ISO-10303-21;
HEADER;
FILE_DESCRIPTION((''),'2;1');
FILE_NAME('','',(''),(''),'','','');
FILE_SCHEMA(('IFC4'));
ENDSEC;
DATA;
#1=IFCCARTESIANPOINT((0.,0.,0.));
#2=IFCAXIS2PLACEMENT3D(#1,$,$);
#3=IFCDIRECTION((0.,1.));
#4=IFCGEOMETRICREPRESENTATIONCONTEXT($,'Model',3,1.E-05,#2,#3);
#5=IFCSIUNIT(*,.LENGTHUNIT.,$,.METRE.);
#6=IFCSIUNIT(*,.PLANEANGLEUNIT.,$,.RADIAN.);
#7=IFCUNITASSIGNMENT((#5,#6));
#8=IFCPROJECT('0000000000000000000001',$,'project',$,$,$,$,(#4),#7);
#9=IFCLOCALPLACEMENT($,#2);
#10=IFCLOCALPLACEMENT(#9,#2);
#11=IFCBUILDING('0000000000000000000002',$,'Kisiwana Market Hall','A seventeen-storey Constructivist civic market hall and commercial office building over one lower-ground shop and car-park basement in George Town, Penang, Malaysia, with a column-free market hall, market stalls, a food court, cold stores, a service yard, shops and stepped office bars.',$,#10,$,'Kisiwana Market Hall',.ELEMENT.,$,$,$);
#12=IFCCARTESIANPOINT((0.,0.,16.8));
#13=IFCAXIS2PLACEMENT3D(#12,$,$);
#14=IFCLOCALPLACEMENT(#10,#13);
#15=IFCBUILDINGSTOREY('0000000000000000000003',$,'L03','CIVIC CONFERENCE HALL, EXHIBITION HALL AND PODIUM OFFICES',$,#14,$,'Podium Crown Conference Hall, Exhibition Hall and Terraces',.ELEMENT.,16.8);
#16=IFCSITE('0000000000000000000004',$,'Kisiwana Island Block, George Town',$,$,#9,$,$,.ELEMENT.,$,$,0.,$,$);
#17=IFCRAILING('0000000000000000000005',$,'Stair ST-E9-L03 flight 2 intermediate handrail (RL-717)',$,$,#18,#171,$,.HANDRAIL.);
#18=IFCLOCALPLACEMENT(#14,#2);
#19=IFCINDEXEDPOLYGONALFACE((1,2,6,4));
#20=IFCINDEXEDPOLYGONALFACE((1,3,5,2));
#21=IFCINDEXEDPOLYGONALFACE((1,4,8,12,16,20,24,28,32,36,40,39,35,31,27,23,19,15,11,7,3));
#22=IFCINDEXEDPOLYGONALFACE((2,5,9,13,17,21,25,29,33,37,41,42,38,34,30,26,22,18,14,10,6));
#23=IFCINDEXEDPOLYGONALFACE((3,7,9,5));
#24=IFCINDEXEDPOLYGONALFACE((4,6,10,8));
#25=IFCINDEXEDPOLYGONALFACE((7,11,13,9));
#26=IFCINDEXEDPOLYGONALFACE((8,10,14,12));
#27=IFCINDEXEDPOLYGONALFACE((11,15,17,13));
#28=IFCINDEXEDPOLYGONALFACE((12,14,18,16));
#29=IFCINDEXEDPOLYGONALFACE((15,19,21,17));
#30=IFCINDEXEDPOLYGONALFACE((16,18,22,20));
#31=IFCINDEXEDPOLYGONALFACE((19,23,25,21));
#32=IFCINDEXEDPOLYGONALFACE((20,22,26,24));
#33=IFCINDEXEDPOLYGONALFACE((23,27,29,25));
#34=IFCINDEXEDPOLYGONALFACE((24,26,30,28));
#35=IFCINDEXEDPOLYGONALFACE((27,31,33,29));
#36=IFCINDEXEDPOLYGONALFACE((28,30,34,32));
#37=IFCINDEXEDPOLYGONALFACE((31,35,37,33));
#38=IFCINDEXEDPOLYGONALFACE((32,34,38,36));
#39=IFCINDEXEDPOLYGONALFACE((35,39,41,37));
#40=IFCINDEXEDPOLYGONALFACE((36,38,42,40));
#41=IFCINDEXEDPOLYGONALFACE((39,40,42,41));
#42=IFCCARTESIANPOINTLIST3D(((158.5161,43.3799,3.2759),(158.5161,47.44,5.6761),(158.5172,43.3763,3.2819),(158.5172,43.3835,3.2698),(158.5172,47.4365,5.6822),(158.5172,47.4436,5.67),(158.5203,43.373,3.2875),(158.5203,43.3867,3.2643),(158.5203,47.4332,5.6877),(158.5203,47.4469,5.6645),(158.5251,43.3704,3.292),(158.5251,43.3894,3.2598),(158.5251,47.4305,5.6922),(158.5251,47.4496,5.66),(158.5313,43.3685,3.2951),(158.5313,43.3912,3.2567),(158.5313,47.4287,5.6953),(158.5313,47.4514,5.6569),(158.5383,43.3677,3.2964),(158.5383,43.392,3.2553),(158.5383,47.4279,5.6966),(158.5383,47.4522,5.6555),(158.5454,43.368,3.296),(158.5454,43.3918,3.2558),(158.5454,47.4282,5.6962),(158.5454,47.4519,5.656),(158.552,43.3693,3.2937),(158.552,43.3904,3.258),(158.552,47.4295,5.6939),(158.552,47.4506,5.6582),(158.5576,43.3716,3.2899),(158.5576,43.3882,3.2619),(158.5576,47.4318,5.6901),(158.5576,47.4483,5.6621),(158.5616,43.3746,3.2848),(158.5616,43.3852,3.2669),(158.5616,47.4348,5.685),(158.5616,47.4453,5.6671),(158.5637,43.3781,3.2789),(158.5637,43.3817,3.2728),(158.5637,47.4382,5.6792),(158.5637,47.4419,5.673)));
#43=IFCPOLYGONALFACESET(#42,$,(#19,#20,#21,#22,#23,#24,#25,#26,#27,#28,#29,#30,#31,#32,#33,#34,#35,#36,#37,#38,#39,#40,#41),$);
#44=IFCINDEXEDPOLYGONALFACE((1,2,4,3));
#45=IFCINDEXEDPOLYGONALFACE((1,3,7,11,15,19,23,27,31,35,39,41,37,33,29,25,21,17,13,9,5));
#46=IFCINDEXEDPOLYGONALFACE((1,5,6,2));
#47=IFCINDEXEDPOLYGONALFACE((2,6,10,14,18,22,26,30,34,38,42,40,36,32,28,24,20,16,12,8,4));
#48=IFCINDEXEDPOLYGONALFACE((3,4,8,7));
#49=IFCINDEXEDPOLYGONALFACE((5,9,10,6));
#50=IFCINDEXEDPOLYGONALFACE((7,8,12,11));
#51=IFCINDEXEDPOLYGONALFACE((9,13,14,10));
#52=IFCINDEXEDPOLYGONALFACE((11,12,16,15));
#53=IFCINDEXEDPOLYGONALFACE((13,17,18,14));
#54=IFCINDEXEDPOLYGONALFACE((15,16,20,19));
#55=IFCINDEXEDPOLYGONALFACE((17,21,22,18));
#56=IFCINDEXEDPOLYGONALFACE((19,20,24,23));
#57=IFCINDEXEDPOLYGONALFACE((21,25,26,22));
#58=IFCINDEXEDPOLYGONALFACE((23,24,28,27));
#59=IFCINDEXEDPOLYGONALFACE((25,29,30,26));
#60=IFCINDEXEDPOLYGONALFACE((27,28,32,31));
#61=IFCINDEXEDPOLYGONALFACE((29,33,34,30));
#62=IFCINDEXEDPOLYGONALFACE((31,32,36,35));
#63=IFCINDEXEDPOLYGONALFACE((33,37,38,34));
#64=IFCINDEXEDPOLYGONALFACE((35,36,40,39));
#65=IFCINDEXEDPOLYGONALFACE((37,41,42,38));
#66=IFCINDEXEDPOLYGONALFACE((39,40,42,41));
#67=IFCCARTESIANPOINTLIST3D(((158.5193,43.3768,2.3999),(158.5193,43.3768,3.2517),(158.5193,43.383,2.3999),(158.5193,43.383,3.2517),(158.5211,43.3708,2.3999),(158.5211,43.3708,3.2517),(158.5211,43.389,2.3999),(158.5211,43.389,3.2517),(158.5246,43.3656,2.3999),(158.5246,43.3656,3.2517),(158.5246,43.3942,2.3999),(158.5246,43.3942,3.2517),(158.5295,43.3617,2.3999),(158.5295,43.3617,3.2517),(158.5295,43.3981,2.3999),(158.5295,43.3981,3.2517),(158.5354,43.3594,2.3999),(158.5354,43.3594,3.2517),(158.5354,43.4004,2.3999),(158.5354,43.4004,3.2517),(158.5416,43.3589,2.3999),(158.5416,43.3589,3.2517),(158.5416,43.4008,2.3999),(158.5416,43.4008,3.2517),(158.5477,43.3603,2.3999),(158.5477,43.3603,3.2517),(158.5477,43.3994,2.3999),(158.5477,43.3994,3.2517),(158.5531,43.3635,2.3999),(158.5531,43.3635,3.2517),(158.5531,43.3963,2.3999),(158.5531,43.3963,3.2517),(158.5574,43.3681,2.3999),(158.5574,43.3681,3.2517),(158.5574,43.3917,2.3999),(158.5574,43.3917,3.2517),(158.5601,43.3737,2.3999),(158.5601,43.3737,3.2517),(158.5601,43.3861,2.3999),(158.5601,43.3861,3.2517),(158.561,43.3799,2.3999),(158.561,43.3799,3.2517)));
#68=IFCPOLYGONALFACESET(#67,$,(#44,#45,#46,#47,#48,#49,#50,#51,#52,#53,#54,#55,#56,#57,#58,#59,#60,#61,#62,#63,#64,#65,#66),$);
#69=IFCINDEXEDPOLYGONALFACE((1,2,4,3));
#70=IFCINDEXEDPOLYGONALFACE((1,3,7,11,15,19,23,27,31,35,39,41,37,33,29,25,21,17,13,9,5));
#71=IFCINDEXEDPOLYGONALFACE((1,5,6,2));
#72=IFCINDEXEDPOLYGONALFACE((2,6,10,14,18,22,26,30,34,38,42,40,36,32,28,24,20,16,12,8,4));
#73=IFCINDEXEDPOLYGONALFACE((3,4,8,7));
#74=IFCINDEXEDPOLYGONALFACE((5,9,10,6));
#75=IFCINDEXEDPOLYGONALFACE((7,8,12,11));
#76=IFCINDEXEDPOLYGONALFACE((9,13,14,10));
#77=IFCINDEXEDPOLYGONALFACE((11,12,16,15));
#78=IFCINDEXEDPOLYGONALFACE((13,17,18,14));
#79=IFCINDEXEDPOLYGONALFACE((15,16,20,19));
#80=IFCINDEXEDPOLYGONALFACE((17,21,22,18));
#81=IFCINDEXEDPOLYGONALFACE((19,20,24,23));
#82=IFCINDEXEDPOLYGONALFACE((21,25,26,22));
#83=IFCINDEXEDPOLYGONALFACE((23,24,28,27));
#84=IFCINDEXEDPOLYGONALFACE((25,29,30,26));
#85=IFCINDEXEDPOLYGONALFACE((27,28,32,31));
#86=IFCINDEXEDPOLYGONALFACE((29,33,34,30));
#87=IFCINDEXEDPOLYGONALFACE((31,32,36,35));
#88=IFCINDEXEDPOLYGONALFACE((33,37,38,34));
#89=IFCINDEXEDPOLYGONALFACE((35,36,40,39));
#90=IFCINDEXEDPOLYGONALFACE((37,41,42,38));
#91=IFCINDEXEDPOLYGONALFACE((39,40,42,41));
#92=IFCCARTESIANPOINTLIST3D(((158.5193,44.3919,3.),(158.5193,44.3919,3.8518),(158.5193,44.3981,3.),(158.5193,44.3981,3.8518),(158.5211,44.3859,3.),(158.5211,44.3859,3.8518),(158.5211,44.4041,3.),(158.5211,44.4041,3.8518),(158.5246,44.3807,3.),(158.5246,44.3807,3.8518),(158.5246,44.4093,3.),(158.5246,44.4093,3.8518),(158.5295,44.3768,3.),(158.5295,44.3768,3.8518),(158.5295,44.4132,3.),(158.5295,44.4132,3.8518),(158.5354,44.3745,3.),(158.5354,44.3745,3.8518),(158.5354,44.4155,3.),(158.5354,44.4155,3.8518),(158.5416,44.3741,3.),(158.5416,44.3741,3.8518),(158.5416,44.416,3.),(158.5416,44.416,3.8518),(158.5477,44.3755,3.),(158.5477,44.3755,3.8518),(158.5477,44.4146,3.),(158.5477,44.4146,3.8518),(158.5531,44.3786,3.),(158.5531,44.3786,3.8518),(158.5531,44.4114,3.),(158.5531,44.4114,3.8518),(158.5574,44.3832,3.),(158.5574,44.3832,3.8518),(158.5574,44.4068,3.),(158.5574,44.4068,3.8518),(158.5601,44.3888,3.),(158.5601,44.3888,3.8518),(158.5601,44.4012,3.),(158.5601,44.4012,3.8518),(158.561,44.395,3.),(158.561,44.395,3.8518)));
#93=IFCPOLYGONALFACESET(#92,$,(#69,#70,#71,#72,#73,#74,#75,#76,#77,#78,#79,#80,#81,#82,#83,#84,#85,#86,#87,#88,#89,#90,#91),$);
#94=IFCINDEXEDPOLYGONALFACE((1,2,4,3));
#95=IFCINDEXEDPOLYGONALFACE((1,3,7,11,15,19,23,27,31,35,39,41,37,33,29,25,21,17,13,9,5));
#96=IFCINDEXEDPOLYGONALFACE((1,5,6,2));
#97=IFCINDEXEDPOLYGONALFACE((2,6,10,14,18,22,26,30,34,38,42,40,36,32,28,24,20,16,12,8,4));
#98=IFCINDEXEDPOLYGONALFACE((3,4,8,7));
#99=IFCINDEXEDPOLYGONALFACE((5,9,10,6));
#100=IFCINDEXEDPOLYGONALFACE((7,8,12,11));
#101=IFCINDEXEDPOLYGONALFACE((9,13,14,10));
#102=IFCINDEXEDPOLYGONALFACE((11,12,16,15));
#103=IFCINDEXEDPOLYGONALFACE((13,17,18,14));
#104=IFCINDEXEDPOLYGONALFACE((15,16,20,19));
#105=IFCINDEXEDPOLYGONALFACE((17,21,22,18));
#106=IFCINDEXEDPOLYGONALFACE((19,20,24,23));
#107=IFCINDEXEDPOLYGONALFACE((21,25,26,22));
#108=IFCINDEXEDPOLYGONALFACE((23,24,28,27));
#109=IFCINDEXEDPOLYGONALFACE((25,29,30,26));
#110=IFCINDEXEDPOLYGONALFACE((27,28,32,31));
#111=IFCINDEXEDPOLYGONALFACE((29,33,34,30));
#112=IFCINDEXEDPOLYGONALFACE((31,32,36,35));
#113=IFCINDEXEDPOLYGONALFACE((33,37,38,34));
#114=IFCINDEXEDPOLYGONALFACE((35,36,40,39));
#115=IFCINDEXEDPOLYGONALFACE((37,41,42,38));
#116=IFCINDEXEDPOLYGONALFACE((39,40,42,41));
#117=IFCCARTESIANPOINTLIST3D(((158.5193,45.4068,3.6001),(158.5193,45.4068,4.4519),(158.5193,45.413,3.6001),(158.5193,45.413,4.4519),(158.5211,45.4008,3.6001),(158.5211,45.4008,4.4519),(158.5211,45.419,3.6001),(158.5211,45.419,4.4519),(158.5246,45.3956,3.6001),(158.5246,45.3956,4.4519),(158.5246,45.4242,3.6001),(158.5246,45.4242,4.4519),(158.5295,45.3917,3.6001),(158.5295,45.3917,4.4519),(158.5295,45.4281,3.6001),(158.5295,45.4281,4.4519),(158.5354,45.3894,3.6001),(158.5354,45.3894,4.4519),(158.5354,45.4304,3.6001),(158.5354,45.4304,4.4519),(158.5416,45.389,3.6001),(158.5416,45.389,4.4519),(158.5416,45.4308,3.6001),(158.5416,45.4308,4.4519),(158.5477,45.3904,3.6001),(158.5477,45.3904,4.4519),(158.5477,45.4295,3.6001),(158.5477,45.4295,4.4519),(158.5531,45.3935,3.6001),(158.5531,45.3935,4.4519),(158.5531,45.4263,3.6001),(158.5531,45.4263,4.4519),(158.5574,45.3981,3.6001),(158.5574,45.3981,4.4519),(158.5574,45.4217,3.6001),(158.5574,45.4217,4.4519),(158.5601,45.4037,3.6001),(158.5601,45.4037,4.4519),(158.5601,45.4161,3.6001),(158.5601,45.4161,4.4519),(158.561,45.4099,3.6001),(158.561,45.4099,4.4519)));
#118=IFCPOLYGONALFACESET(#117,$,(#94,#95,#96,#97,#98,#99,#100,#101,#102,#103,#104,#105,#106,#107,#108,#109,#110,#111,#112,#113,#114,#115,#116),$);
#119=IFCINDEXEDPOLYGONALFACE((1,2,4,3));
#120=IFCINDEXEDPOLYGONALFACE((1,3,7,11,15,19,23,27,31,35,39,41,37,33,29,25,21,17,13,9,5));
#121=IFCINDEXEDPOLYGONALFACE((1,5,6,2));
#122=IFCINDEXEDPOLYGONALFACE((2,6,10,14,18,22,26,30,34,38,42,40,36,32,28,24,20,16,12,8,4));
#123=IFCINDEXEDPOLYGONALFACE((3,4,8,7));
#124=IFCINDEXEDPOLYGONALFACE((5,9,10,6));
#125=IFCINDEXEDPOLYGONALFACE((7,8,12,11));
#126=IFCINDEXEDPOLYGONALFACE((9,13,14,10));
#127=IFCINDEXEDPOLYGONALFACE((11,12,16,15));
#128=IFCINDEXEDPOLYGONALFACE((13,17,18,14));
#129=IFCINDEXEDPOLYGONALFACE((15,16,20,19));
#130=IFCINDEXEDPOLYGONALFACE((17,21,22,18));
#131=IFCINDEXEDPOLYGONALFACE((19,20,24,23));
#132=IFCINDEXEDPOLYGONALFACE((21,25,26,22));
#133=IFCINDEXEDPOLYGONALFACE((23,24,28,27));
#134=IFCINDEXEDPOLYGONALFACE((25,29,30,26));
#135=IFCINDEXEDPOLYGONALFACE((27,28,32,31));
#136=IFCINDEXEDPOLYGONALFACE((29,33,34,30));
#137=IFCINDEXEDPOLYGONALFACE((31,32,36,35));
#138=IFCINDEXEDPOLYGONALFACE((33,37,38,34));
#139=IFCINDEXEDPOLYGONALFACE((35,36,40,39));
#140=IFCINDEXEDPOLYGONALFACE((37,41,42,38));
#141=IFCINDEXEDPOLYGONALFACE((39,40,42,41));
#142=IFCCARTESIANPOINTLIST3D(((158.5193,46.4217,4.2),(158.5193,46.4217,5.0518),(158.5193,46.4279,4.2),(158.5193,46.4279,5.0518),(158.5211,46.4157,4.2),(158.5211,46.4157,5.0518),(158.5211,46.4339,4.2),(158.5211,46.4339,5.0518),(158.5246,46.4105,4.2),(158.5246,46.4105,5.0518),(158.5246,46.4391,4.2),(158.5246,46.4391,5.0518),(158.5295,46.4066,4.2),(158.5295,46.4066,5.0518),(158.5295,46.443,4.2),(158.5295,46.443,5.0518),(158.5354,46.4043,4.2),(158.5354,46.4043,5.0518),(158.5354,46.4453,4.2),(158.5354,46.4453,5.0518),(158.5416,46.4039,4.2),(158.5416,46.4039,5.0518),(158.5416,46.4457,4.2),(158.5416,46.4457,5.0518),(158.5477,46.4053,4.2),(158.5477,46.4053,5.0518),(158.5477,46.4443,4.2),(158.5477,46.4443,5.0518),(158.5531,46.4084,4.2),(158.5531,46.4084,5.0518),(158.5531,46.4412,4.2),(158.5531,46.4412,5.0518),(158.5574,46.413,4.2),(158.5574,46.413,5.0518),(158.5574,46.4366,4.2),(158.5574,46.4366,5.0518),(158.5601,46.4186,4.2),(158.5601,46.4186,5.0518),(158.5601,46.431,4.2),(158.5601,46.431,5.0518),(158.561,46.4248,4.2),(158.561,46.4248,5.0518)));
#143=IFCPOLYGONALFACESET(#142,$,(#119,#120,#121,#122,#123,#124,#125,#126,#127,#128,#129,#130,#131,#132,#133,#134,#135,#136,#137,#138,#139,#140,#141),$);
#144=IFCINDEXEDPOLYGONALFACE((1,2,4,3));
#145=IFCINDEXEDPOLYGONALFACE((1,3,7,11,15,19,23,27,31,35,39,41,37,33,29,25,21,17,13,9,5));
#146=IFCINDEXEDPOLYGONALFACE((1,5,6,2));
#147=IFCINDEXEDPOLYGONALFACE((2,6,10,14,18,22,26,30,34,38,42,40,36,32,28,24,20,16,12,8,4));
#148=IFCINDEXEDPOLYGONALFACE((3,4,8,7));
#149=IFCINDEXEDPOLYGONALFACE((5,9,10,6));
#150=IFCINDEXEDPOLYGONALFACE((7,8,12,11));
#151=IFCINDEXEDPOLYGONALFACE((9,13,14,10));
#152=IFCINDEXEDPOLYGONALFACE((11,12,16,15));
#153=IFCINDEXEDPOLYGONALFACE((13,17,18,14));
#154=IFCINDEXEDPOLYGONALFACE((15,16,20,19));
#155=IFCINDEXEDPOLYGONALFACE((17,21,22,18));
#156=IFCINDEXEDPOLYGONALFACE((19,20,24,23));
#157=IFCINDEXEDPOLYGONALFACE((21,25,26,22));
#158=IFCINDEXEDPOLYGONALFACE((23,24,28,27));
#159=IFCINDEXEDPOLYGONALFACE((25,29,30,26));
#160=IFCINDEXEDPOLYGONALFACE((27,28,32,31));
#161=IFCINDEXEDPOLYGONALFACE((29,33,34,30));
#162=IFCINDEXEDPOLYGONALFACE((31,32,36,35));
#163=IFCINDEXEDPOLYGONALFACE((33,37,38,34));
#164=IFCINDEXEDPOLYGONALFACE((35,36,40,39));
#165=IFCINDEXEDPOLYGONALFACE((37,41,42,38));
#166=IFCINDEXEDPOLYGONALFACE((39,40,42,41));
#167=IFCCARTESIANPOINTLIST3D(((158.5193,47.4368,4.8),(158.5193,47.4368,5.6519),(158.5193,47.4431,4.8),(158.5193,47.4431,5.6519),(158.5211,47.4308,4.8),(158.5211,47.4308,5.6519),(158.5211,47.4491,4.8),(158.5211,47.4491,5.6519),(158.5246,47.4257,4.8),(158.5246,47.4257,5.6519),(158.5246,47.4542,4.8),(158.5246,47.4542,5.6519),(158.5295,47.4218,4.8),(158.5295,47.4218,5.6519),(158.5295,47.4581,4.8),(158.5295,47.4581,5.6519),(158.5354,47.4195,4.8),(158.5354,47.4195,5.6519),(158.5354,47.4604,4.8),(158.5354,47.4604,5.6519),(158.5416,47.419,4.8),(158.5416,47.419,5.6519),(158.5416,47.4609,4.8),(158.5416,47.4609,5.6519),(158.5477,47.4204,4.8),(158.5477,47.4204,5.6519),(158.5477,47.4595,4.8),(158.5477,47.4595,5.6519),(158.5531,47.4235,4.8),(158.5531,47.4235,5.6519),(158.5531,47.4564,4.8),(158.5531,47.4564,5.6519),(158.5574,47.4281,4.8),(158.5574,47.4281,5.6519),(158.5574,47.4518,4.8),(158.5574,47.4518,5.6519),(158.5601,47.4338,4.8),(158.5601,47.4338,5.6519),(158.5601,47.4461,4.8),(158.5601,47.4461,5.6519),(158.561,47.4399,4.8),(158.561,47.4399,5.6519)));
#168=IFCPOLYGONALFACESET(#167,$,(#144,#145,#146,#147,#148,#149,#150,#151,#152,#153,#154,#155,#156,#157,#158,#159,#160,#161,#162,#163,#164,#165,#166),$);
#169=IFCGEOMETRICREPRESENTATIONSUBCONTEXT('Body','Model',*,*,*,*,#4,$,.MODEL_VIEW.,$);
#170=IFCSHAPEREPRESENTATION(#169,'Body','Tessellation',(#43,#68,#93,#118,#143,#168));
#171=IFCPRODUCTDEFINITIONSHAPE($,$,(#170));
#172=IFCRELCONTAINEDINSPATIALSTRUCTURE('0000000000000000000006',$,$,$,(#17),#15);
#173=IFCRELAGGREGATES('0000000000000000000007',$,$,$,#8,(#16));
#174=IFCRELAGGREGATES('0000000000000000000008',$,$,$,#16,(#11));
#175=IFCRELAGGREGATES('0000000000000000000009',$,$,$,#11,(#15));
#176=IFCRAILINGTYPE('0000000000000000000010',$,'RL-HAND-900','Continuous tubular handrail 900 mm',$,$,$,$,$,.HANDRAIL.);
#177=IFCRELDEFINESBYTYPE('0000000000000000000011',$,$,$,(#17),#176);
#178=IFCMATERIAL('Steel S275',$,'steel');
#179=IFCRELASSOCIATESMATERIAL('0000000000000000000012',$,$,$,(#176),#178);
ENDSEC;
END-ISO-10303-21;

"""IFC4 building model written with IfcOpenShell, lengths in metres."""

from ifc_helpers import new_model, si_unit, direction, frame, origin, origin_2d, place, context, subcontext, project, spatial, circle, extrude, material, type_object, element, save


model = new_model("IFC4")

# Units and contexts
model_context = context("Model", 3, precision=1e-05, world=origin(), true_north=direction((0.0, 1.0)))
body_context = subcontext(model_context, "Body", "Model", "MODEL_VIEW")
ifc_project = project(units=[si_unit("LENGTHUNIT", "METRE"), si_unit("PLANEANGLEUNIT", "RADIAN")], contexts=[model_context])

# Site, building, storey
site_placement = place(None, origin())
site = spatial("IfcSite", under=ifc_project, at=site_placement, Name="Kisiwana Island Block, George Town", CompositionType="ELEMENT", RefElevation=0.0)
building_placement = place(site_placement, origin())
building = spatial("IfcBuilding", under=site, at=building_placement, Name="Kisiwana Market Hall", Description="A seventeen-storey Constructivist civic market hall and commercial office building over one lower-ground shop and car-park basement in George Town, Penang, Malaysia, with a column-free market hall, market stalls, a food court, cold stores, a service yard, shops and stepped office bars.", LongName="Kisiwana Market Hall", CompositionType="ELEMENT")
storey_placement = place(building_placement, frame((0.0, 0.0, 16.8)))
storey = spatial("IfcBuildingStorey", under=building, at=storey_placement, Name="L03", Description="CIVIC CONFERENCE HALL, EXHIBITION HALL AND PODIUM OFFICES", LongName="Podium Crown Conference Hall, Exhibition Hall and Terraces", CompositionType="ELEMENT", Elevation=16.8)

# Railing
ifc_material_1 = material(Name="Steel S275", Category="steel")
railing_type_1 = type_object("IfcRailingType", Name="RL-HAND-900", Description="Continuous tubular handrail 900 mm", PredefinedType="HANDRAIL", material=ifc_material_1)
railing_1_placement = place(storey_placement, frame((158.54, 43.3799, 2.3999)))
element("IfcRailing", 1, at=railing_1_placement, inside=storey, type_object=railing_type_1, Name="Stair ST-E9-L03 flight 2 intermediate handrail (RL-717)", PredefinedType="HANDRAIL", context=body_context, shape_type="SweptSolid", body=[
    extrude(circle(Radius=0.0239, at=origin_2d()), frame((0.0, 0.0, 0.876), z_axis=(0.0, 0.860832, 0.50889), x_axis=(-1.0, 0.0, 0.0)), (0.0, 0.0, 1.0), 4.7166),
    extrude(circle(Radius=0.021, at=origin_2d()), origin(), (0.0, 0.0, 1.0), 0.8518),
    extrude(circle(Radius=0.021, at=origin_2d()), frame((0.0, 1.0151, 0.6001)), (0.0, 0.0, 1.0), 0.8518),
    extrude(circle(Radius=0.021, at=origin_2d()), frame((0.0, 2.03, 1.2002)), (0.0, 0.0, 1.0), 0.8518),
    extrude(circle(Radius=0.021, at=origin_2d()), frame((0.0, 3.0449, 1.8)), (0.0, 0.0, 1.0), 0.8518),
    extrude(circle(Radius=0.021, at=origin_2d()), frame((0.0, 4.0601, 2.4001)), (0.0, 0.0, 1.0), 0.8518),
])

save(model, "model.ifc")
